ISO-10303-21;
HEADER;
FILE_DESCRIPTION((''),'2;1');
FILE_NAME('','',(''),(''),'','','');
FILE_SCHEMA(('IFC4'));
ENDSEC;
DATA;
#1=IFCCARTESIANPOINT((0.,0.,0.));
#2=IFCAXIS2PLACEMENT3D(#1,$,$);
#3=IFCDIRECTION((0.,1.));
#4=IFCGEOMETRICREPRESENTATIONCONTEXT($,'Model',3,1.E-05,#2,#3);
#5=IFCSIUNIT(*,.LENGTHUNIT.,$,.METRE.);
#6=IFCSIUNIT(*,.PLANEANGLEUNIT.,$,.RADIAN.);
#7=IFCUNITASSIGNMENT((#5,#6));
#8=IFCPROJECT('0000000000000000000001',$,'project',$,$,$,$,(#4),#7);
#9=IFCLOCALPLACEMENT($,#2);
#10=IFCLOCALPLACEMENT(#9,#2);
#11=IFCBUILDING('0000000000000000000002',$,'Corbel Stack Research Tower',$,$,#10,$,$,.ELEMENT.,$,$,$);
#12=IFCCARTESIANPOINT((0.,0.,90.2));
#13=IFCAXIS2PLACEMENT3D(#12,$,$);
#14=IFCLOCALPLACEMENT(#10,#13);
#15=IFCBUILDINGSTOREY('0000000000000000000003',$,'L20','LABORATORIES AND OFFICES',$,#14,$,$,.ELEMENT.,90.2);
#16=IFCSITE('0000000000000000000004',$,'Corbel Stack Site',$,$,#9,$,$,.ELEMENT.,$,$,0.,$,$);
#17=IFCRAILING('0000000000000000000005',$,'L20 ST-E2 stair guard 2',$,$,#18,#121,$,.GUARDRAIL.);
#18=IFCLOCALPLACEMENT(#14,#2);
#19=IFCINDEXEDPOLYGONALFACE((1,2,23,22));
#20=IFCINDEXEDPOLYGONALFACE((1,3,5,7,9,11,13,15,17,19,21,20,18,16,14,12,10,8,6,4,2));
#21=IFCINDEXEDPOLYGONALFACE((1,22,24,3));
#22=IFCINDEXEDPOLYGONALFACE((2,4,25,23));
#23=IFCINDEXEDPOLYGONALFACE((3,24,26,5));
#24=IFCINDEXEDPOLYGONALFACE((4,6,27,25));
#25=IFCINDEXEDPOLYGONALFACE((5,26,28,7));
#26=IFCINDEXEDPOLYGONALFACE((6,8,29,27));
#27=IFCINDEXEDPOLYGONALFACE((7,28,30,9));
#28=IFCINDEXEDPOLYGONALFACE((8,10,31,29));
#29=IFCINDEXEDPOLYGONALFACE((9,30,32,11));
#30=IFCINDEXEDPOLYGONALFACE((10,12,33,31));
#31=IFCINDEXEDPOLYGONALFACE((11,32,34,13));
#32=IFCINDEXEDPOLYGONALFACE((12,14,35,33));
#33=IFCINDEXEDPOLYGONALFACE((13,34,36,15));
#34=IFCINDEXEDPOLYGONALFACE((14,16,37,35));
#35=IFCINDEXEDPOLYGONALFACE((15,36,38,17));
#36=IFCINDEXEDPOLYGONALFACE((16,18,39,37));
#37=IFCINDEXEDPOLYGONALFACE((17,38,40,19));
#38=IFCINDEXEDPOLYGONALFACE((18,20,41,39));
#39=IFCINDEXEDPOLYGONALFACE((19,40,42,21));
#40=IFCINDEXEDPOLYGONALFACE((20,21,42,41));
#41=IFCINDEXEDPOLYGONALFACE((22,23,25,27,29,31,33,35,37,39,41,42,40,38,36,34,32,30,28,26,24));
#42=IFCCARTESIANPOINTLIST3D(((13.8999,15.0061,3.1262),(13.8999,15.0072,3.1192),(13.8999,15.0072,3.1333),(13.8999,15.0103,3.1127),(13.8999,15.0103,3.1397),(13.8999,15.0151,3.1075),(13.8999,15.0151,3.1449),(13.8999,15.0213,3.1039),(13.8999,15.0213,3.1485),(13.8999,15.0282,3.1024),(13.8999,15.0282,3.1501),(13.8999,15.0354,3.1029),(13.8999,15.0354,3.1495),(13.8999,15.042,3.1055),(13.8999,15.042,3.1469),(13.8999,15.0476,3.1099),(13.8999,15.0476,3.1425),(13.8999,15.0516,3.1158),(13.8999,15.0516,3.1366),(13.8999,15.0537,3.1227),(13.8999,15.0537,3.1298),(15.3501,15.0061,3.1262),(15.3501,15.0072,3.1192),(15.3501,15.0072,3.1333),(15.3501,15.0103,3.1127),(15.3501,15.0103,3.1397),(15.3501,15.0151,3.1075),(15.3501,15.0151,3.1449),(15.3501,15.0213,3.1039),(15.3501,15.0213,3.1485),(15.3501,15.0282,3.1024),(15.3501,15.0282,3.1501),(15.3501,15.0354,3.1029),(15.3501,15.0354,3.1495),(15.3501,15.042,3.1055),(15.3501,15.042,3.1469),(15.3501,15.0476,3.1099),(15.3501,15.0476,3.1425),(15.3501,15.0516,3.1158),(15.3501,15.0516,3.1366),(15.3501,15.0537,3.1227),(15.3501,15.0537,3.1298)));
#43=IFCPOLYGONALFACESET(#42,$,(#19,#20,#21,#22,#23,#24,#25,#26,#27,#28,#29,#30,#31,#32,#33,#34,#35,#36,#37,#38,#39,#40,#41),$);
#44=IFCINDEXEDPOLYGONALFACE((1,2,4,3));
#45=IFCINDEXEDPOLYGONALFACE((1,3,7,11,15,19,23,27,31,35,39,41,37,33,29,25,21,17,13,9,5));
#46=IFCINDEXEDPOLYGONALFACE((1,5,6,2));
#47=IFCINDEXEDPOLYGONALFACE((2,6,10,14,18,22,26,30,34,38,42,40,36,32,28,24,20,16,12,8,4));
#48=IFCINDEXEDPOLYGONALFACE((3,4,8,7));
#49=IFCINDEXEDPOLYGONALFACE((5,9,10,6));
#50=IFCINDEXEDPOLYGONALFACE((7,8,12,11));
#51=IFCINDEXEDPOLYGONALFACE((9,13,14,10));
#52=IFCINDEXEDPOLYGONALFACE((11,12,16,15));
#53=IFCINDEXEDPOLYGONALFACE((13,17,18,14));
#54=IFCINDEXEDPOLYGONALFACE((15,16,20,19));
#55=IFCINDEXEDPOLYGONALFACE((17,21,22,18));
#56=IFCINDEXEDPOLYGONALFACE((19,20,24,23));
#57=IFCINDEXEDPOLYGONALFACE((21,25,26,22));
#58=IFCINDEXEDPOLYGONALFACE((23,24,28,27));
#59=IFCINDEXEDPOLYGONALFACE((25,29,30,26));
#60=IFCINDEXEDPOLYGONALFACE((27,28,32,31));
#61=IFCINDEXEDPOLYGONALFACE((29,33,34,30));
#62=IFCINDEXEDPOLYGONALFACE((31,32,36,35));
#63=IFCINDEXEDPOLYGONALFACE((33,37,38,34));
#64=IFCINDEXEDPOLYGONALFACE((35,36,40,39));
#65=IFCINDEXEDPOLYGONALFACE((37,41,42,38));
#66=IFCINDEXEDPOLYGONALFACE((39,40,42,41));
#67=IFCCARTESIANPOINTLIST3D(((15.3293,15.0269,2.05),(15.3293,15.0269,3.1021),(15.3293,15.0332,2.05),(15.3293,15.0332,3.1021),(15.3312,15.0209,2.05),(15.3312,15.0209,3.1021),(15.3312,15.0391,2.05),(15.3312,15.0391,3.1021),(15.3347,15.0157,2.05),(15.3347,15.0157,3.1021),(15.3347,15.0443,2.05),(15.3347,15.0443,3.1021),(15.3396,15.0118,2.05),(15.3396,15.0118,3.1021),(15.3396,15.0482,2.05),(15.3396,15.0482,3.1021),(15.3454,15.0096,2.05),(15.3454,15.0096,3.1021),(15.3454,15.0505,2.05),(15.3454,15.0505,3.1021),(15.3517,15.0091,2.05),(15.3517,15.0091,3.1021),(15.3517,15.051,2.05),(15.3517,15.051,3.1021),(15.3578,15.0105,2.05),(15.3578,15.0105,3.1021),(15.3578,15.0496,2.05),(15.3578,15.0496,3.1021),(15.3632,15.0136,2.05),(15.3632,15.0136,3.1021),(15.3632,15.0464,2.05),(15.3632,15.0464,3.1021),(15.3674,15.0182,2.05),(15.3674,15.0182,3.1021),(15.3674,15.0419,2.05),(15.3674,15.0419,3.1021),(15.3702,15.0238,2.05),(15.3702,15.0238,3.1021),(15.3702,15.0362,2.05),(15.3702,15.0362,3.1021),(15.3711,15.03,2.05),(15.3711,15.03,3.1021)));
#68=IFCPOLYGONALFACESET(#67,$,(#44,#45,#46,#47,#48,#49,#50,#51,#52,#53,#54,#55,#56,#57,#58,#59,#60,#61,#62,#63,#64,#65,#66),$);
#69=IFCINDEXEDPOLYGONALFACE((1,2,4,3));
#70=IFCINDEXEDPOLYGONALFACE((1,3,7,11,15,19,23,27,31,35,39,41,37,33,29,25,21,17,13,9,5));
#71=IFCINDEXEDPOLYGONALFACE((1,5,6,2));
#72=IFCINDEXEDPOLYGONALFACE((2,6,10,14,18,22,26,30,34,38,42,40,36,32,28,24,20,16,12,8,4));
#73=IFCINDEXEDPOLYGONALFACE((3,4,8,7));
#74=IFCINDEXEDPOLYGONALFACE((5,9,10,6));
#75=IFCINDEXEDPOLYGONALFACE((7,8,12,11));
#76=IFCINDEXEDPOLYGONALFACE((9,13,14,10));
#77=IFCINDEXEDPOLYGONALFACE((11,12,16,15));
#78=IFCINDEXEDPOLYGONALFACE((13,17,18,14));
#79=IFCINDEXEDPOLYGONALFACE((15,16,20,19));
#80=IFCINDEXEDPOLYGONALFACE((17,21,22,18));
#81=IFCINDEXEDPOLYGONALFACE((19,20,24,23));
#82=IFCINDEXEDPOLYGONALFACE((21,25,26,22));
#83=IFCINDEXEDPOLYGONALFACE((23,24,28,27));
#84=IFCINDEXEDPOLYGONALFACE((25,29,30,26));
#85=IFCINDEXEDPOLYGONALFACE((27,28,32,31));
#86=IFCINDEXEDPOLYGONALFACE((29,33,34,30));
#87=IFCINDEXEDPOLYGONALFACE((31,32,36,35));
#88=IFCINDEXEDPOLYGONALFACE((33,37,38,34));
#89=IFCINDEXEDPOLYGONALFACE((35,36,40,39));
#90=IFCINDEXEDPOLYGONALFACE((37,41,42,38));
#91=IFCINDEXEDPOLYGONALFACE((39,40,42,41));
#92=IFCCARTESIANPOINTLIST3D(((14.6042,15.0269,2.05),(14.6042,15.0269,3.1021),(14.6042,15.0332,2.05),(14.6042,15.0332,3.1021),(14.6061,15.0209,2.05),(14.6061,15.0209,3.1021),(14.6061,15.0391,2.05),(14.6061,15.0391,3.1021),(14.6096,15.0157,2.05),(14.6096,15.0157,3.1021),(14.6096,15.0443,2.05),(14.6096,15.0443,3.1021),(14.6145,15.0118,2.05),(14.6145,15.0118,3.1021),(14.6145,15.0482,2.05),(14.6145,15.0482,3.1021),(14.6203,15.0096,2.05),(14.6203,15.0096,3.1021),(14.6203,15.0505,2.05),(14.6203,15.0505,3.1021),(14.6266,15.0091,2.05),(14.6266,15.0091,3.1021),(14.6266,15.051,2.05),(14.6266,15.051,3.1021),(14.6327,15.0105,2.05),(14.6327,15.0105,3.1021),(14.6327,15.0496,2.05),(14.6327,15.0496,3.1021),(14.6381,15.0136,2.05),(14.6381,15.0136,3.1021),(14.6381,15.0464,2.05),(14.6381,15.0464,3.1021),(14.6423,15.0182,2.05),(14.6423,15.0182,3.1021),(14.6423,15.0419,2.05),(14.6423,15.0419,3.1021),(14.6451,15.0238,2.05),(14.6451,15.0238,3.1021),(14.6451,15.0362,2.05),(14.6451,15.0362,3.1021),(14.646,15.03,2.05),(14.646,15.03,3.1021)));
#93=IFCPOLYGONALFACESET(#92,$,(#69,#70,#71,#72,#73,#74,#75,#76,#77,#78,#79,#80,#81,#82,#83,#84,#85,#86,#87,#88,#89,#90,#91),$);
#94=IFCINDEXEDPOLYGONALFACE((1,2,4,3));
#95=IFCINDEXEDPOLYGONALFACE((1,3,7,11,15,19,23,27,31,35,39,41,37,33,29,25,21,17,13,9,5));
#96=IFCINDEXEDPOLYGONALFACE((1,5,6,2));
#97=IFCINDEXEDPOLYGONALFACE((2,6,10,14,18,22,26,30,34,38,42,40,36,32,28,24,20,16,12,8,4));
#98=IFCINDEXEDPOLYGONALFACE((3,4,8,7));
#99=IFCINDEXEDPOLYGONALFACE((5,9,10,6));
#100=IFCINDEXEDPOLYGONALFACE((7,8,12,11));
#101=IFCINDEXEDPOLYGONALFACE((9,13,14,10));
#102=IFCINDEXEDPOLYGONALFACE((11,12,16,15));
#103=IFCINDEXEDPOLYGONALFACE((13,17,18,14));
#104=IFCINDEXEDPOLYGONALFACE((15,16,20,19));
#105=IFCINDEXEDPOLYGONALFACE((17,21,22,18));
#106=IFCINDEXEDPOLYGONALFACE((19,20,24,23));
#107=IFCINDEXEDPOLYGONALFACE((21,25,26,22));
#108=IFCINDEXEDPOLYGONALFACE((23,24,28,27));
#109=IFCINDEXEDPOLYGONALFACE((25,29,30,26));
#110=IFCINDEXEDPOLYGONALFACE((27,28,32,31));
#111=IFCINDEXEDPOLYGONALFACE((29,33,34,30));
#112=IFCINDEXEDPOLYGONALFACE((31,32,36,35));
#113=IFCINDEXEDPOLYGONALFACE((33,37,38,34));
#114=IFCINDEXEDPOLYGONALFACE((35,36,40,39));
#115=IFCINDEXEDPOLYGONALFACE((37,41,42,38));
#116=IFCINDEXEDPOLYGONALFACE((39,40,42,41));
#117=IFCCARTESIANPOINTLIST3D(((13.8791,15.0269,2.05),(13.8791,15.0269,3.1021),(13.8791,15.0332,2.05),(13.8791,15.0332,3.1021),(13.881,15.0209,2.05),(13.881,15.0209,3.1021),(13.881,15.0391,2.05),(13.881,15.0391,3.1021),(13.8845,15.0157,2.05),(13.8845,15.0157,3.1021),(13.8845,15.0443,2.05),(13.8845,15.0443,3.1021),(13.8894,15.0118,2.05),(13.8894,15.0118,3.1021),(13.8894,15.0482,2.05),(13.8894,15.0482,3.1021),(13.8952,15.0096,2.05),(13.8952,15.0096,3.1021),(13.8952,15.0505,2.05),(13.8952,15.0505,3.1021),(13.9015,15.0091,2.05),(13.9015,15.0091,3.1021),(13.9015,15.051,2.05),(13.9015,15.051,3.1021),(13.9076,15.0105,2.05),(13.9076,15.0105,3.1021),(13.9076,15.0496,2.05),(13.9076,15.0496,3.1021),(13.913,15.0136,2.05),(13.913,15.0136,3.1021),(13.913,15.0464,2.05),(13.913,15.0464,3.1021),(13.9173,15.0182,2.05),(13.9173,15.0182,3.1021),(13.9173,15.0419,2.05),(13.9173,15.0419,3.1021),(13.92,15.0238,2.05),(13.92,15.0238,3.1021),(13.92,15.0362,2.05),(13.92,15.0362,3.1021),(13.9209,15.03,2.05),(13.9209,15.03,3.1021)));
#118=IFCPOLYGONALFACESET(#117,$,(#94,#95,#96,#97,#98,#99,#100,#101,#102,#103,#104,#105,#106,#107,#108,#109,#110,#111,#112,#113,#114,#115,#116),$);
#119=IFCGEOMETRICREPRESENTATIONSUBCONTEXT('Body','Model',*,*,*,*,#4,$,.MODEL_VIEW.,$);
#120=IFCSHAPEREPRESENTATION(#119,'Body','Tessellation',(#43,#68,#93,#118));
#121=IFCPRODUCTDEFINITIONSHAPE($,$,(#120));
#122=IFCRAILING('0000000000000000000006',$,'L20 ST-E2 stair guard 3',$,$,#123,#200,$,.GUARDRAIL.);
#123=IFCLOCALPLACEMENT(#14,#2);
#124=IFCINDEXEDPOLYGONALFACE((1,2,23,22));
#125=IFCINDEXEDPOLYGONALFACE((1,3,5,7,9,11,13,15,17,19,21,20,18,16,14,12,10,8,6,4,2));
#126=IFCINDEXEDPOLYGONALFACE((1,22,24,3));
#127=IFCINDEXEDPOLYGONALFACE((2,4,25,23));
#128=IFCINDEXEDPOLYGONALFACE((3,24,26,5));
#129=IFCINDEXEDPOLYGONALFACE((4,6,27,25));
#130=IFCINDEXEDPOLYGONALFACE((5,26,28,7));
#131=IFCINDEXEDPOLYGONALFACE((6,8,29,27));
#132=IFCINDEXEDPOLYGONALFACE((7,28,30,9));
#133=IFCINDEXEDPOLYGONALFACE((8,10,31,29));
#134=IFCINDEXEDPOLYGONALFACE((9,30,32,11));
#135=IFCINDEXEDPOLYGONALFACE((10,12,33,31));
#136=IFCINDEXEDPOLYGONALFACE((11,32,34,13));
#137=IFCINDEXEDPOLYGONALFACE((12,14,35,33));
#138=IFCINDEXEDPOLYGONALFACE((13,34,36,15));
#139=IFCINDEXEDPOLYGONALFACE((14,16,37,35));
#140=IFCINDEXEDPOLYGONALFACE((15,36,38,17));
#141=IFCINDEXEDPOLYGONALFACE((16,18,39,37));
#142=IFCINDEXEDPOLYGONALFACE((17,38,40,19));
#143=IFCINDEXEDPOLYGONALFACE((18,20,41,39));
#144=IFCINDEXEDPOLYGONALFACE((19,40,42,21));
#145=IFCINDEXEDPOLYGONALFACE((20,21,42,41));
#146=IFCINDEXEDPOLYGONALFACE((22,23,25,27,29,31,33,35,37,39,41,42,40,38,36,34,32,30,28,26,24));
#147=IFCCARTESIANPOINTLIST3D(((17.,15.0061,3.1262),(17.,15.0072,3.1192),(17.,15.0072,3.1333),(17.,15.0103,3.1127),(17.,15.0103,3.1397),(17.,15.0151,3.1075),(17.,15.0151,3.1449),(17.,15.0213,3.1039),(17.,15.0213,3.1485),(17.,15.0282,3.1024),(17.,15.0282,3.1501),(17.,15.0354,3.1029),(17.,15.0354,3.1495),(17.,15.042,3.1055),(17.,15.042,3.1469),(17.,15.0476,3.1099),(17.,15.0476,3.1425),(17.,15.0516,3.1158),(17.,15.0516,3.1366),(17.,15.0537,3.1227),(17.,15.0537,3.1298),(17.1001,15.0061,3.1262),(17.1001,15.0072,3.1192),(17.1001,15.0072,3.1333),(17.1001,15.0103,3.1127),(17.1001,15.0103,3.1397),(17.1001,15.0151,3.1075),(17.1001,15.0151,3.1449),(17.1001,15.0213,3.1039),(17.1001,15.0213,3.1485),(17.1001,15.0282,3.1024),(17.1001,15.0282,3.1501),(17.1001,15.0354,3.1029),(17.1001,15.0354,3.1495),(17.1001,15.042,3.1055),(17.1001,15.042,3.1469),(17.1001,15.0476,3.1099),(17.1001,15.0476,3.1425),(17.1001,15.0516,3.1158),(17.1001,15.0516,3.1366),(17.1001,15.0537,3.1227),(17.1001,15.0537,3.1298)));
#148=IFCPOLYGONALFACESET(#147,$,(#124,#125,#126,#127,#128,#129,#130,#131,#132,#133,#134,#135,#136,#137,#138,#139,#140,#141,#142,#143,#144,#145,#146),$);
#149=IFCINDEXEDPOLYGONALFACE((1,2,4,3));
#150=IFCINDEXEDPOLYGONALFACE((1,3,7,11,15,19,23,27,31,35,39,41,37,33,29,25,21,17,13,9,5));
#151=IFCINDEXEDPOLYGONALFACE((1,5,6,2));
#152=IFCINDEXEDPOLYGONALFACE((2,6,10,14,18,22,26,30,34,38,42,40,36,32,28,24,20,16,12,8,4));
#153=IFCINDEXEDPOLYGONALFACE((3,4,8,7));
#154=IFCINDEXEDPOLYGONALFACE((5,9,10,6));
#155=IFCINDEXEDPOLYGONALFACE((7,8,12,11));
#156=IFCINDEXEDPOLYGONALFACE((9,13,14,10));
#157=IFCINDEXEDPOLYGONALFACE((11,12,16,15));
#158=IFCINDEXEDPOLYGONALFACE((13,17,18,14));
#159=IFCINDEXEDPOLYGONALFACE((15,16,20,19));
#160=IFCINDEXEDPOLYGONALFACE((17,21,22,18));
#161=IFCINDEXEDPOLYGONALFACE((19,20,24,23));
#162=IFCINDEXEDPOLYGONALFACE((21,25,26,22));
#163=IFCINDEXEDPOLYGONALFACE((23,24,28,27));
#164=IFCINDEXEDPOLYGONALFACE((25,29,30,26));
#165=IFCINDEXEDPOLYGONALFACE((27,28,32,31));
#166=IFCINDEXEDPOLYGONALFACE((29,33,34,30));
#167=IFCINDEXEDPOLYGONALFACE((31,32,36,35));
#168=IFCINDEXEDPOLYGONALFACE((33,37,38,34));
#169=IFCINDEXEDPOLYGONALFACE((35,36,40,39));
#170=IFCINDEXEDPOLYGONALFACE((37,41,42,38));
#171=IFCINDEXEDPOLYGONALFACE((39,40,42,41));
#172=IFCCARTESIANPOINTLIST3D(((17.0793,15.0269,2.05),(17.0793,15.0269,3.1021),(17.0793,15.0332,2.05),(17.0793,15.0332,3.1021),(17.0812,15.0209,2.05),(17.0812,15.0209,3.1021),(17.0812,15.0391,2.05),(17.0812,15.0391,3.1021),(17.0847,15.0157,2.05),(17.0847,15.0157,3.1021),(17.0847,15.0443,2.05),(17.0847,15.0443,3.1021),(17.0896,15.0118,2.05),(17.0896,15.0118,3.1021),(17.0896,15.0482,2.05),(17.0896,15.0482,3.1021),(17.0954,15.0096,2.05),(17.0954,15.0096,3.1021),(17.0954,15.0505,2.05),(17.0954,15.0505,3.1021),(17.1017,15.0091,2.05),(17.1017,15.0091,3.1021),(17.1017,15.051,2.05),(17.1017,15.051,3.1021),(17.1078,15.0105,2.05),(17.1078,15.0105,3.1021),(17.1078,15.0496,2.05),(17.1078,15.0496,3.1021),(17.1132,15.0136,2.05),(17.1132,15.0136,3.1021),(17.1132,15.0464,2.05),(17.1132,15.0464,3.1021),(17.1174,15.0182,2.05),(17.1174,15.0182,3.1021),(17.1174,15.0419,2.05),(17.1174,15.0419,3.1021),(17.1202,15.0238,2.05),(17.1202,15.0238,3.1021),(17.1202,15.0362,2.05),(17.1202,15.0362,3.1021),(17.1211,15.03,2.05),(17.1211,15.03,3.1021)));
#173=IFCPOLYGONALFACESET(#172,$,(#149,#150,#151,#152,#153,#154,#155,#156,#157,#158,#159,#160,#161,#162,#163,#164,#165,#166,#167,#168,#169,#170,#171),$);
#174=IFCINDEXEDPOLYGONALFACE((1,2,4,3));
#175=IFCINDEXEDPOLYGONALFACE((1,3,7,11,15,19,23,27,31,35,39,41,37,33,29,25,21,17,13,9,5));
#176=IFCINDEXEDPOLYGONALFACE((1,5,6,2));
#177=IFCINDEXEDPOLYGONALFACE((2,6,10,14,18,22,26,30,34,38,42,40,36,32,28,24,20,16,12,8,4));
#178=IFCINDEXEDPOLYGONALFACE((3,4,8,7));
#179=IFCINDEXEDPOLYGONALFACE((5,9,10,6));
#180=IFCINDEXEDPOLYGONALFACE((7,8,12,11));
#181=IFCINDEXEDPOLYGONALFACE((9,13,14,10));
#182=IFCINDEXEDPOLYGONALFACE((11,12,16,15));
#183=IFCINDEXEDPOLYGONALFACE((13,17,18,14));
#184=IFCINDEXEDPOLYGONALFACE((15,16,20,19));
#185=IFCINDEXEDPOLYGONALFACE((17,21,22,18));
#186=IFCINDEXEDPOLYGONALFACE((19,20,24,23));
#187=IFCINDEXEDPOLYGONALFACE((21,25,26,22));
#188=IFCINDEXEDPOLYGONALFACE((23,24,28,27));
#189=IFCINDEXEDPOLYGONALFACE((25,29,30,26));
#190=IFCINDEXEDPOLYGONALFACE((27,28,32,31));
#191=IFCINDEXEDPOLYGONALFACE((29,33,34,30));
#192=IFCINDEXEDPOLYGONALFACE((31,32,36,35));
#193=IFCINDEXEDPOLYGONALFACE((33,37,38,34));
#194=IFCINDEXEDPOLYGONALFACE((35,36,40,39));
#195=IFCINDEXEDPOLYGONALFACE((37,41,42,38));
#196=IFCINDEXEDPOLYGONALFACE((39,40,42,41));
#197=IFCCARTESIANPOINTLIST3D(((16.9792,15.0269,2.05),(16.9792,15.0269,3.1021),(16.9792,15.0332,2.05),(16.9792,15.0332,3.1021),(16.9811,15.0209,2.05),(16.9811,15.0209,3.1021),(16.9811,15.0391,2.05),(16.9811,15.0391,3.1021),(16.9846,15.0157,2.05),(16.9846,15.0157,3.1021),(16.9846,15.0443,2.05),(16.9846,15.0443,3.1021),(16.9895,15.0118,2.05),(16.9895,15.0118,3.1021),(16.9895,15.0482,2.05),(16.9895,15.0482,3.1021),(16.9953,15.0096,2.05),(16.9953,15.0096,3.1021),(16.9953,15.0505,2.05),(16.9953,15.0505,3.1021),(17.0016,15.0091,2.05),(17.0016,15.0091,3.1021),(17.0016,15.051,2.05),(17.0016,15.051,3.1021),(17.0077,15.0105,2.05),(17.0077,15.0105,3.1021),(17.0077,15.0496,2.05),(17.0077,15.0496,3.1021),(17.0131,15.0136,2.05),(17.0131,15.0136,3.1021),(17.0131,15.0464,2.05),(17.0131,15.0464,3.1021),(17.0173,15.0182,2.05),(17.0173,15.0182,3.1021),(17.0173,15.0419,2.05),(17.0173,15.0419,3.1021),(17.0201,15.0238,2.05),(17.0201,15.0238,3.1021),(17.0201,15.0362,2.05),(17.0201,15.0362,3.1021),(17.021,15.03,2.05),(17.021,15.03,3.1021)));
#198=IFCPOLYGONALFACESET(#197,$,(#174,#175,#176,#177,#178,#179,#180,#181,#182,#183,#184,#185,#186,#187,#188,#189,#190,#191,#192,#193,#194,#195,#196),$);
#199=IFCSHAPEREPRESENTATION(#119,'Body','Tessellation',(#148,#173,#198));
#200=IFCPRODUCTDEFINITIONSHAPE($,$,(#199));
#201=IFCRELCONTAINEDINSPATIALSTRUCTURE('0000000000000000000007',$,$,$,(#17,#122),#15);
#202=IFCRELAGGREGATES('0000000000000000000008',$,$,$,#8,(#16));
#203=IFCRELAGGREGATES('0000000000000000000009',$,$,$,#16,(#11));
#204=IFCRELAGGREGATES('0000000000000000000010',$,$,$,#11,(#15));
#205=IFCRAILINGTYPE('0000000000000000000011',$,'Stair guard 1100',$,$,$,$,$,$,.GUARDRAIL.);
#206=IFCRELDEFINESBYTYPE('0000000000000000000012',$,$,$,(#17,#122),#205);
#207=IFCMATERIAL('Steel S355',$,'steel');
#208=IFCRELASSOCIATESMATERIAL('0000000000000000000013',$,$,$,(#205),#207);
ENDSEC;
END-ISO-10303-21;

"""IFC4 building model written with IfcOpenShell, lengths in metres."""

from ifc_helpers import new_model, si_unit, direction, frame, origin, origin_2d, place, context, subcontext, project, spatial, circle, extrude, material, type_object, element, save


model = new_model("IFC4")

# Units and contexts
model_context = context("Model", 3, precision=1e-05, world=origin(), true_north=direction((0.0, 1.0)))
body_context = subcontext(model_context, "Body", "Model", "MODEL_VIEW")
ifc_project = project(units=[si_unit("LENGTHUNIT", "METRE"), si_unit("PLANEANGLEUNIT", "RADIAN")], contexts=[model_context])

# Site, building, storey
site_placement = place(None, origin())
site = spatial("IfcSite", under=ifc_project, at=site_placement, Name="Corbel Stack Site", CompositionType="ELEMENT", RefElevation=0.0)
building_placement = place(site_placement, origin())
building = spatial("IfcBuilding", under=site, at=building_placement, Name="Corbel Stack Research Tower", CompositionType="ELEMENT")
storey_placement = place(building_placement, frame((0.0, 0.0, 90.2)))
storey = spatial("IfcBuildingStorey", under=building, at=storey_placement, Name="L20", Description="LABORATORIES AND OFFICES", CompositionType="ELEMENT", Elevation=90.2)

# Railings
ifc_material_1 = material(Name="Steel S355", Category="steel")
railing_type_1 = type_object("IfcRailingType", Name="Stair guard 1100", PredefinedType="GUARDRAIL", material=ifc_material_1)
railing_1_placement = place(storey_placement, frame((15.3501, 15.03, 2.05)))
element("IfcRailing", 1, at=railing_1_placement, inside=storey, type_object=railing_type_1, Name="L20 ST-E2 stair guard 2", PredefinedType="GUARDRAIL", context=body_context, shape_type="SweptSolid", body=[
    extrude(circle(Radius=0.0239, at=origin_2d()), frame((0.0, 0.0, 1.0762), z_axis=(-1.0, 0.0, 0.0), x_axis=(0.0, -1.0, 0.0)), (0.0, 0.0, 1.0), 1.4502),
    extrude(circle(Radius=0.021, at=origin_2d()), origin(), (0.0, 0.0, 1.0), 1.052),
    extrude(circle(Radius=0.021, at=origin_2d()), frame((-0.7251, 0.0, 0.0)), (0.0, 0.0, 1.0), 1.052),
    extrude(circle(Radius=0.021, at=origin_2d()), frame((-1.4502, 0.0, 0.0)), (0.0, 0.0, 1.0), 1.052),
])
railing_2_placement = place(storey_placement, frame((17.1001, 15.03, 2.05)))
element("IfcRailing", 2, at=railing_2_placement, inside=storey, type_object=railing_type_1, Name="L20 ST-E2 stair guard 3", PredefinedType="GUARDRAIL", context=body_context, shape_type="SweptSolid", body=[
    extrude(circle(Radius=0.0239, at=origin_2d()), frame((0.0, 0.0, 1.0762), z_axis=(-1.0, 0.0, 0.0), x_axis=(0.0, -1.0, 0.0)), (0.0, 0.0, 1.0), 0.1001),
    extrude(circle(Radius=0.021, at=origin_2d()), origin(), (0.0, 0.0, 1.0), 1.052),
    extrude(circle(Radius=0.021, at=origin_2d()), frame((-0.1001, 0.0, 0.0)), (0.0, 0.0, 1.0), 1.052),
])

save(model, "model.ifc")
